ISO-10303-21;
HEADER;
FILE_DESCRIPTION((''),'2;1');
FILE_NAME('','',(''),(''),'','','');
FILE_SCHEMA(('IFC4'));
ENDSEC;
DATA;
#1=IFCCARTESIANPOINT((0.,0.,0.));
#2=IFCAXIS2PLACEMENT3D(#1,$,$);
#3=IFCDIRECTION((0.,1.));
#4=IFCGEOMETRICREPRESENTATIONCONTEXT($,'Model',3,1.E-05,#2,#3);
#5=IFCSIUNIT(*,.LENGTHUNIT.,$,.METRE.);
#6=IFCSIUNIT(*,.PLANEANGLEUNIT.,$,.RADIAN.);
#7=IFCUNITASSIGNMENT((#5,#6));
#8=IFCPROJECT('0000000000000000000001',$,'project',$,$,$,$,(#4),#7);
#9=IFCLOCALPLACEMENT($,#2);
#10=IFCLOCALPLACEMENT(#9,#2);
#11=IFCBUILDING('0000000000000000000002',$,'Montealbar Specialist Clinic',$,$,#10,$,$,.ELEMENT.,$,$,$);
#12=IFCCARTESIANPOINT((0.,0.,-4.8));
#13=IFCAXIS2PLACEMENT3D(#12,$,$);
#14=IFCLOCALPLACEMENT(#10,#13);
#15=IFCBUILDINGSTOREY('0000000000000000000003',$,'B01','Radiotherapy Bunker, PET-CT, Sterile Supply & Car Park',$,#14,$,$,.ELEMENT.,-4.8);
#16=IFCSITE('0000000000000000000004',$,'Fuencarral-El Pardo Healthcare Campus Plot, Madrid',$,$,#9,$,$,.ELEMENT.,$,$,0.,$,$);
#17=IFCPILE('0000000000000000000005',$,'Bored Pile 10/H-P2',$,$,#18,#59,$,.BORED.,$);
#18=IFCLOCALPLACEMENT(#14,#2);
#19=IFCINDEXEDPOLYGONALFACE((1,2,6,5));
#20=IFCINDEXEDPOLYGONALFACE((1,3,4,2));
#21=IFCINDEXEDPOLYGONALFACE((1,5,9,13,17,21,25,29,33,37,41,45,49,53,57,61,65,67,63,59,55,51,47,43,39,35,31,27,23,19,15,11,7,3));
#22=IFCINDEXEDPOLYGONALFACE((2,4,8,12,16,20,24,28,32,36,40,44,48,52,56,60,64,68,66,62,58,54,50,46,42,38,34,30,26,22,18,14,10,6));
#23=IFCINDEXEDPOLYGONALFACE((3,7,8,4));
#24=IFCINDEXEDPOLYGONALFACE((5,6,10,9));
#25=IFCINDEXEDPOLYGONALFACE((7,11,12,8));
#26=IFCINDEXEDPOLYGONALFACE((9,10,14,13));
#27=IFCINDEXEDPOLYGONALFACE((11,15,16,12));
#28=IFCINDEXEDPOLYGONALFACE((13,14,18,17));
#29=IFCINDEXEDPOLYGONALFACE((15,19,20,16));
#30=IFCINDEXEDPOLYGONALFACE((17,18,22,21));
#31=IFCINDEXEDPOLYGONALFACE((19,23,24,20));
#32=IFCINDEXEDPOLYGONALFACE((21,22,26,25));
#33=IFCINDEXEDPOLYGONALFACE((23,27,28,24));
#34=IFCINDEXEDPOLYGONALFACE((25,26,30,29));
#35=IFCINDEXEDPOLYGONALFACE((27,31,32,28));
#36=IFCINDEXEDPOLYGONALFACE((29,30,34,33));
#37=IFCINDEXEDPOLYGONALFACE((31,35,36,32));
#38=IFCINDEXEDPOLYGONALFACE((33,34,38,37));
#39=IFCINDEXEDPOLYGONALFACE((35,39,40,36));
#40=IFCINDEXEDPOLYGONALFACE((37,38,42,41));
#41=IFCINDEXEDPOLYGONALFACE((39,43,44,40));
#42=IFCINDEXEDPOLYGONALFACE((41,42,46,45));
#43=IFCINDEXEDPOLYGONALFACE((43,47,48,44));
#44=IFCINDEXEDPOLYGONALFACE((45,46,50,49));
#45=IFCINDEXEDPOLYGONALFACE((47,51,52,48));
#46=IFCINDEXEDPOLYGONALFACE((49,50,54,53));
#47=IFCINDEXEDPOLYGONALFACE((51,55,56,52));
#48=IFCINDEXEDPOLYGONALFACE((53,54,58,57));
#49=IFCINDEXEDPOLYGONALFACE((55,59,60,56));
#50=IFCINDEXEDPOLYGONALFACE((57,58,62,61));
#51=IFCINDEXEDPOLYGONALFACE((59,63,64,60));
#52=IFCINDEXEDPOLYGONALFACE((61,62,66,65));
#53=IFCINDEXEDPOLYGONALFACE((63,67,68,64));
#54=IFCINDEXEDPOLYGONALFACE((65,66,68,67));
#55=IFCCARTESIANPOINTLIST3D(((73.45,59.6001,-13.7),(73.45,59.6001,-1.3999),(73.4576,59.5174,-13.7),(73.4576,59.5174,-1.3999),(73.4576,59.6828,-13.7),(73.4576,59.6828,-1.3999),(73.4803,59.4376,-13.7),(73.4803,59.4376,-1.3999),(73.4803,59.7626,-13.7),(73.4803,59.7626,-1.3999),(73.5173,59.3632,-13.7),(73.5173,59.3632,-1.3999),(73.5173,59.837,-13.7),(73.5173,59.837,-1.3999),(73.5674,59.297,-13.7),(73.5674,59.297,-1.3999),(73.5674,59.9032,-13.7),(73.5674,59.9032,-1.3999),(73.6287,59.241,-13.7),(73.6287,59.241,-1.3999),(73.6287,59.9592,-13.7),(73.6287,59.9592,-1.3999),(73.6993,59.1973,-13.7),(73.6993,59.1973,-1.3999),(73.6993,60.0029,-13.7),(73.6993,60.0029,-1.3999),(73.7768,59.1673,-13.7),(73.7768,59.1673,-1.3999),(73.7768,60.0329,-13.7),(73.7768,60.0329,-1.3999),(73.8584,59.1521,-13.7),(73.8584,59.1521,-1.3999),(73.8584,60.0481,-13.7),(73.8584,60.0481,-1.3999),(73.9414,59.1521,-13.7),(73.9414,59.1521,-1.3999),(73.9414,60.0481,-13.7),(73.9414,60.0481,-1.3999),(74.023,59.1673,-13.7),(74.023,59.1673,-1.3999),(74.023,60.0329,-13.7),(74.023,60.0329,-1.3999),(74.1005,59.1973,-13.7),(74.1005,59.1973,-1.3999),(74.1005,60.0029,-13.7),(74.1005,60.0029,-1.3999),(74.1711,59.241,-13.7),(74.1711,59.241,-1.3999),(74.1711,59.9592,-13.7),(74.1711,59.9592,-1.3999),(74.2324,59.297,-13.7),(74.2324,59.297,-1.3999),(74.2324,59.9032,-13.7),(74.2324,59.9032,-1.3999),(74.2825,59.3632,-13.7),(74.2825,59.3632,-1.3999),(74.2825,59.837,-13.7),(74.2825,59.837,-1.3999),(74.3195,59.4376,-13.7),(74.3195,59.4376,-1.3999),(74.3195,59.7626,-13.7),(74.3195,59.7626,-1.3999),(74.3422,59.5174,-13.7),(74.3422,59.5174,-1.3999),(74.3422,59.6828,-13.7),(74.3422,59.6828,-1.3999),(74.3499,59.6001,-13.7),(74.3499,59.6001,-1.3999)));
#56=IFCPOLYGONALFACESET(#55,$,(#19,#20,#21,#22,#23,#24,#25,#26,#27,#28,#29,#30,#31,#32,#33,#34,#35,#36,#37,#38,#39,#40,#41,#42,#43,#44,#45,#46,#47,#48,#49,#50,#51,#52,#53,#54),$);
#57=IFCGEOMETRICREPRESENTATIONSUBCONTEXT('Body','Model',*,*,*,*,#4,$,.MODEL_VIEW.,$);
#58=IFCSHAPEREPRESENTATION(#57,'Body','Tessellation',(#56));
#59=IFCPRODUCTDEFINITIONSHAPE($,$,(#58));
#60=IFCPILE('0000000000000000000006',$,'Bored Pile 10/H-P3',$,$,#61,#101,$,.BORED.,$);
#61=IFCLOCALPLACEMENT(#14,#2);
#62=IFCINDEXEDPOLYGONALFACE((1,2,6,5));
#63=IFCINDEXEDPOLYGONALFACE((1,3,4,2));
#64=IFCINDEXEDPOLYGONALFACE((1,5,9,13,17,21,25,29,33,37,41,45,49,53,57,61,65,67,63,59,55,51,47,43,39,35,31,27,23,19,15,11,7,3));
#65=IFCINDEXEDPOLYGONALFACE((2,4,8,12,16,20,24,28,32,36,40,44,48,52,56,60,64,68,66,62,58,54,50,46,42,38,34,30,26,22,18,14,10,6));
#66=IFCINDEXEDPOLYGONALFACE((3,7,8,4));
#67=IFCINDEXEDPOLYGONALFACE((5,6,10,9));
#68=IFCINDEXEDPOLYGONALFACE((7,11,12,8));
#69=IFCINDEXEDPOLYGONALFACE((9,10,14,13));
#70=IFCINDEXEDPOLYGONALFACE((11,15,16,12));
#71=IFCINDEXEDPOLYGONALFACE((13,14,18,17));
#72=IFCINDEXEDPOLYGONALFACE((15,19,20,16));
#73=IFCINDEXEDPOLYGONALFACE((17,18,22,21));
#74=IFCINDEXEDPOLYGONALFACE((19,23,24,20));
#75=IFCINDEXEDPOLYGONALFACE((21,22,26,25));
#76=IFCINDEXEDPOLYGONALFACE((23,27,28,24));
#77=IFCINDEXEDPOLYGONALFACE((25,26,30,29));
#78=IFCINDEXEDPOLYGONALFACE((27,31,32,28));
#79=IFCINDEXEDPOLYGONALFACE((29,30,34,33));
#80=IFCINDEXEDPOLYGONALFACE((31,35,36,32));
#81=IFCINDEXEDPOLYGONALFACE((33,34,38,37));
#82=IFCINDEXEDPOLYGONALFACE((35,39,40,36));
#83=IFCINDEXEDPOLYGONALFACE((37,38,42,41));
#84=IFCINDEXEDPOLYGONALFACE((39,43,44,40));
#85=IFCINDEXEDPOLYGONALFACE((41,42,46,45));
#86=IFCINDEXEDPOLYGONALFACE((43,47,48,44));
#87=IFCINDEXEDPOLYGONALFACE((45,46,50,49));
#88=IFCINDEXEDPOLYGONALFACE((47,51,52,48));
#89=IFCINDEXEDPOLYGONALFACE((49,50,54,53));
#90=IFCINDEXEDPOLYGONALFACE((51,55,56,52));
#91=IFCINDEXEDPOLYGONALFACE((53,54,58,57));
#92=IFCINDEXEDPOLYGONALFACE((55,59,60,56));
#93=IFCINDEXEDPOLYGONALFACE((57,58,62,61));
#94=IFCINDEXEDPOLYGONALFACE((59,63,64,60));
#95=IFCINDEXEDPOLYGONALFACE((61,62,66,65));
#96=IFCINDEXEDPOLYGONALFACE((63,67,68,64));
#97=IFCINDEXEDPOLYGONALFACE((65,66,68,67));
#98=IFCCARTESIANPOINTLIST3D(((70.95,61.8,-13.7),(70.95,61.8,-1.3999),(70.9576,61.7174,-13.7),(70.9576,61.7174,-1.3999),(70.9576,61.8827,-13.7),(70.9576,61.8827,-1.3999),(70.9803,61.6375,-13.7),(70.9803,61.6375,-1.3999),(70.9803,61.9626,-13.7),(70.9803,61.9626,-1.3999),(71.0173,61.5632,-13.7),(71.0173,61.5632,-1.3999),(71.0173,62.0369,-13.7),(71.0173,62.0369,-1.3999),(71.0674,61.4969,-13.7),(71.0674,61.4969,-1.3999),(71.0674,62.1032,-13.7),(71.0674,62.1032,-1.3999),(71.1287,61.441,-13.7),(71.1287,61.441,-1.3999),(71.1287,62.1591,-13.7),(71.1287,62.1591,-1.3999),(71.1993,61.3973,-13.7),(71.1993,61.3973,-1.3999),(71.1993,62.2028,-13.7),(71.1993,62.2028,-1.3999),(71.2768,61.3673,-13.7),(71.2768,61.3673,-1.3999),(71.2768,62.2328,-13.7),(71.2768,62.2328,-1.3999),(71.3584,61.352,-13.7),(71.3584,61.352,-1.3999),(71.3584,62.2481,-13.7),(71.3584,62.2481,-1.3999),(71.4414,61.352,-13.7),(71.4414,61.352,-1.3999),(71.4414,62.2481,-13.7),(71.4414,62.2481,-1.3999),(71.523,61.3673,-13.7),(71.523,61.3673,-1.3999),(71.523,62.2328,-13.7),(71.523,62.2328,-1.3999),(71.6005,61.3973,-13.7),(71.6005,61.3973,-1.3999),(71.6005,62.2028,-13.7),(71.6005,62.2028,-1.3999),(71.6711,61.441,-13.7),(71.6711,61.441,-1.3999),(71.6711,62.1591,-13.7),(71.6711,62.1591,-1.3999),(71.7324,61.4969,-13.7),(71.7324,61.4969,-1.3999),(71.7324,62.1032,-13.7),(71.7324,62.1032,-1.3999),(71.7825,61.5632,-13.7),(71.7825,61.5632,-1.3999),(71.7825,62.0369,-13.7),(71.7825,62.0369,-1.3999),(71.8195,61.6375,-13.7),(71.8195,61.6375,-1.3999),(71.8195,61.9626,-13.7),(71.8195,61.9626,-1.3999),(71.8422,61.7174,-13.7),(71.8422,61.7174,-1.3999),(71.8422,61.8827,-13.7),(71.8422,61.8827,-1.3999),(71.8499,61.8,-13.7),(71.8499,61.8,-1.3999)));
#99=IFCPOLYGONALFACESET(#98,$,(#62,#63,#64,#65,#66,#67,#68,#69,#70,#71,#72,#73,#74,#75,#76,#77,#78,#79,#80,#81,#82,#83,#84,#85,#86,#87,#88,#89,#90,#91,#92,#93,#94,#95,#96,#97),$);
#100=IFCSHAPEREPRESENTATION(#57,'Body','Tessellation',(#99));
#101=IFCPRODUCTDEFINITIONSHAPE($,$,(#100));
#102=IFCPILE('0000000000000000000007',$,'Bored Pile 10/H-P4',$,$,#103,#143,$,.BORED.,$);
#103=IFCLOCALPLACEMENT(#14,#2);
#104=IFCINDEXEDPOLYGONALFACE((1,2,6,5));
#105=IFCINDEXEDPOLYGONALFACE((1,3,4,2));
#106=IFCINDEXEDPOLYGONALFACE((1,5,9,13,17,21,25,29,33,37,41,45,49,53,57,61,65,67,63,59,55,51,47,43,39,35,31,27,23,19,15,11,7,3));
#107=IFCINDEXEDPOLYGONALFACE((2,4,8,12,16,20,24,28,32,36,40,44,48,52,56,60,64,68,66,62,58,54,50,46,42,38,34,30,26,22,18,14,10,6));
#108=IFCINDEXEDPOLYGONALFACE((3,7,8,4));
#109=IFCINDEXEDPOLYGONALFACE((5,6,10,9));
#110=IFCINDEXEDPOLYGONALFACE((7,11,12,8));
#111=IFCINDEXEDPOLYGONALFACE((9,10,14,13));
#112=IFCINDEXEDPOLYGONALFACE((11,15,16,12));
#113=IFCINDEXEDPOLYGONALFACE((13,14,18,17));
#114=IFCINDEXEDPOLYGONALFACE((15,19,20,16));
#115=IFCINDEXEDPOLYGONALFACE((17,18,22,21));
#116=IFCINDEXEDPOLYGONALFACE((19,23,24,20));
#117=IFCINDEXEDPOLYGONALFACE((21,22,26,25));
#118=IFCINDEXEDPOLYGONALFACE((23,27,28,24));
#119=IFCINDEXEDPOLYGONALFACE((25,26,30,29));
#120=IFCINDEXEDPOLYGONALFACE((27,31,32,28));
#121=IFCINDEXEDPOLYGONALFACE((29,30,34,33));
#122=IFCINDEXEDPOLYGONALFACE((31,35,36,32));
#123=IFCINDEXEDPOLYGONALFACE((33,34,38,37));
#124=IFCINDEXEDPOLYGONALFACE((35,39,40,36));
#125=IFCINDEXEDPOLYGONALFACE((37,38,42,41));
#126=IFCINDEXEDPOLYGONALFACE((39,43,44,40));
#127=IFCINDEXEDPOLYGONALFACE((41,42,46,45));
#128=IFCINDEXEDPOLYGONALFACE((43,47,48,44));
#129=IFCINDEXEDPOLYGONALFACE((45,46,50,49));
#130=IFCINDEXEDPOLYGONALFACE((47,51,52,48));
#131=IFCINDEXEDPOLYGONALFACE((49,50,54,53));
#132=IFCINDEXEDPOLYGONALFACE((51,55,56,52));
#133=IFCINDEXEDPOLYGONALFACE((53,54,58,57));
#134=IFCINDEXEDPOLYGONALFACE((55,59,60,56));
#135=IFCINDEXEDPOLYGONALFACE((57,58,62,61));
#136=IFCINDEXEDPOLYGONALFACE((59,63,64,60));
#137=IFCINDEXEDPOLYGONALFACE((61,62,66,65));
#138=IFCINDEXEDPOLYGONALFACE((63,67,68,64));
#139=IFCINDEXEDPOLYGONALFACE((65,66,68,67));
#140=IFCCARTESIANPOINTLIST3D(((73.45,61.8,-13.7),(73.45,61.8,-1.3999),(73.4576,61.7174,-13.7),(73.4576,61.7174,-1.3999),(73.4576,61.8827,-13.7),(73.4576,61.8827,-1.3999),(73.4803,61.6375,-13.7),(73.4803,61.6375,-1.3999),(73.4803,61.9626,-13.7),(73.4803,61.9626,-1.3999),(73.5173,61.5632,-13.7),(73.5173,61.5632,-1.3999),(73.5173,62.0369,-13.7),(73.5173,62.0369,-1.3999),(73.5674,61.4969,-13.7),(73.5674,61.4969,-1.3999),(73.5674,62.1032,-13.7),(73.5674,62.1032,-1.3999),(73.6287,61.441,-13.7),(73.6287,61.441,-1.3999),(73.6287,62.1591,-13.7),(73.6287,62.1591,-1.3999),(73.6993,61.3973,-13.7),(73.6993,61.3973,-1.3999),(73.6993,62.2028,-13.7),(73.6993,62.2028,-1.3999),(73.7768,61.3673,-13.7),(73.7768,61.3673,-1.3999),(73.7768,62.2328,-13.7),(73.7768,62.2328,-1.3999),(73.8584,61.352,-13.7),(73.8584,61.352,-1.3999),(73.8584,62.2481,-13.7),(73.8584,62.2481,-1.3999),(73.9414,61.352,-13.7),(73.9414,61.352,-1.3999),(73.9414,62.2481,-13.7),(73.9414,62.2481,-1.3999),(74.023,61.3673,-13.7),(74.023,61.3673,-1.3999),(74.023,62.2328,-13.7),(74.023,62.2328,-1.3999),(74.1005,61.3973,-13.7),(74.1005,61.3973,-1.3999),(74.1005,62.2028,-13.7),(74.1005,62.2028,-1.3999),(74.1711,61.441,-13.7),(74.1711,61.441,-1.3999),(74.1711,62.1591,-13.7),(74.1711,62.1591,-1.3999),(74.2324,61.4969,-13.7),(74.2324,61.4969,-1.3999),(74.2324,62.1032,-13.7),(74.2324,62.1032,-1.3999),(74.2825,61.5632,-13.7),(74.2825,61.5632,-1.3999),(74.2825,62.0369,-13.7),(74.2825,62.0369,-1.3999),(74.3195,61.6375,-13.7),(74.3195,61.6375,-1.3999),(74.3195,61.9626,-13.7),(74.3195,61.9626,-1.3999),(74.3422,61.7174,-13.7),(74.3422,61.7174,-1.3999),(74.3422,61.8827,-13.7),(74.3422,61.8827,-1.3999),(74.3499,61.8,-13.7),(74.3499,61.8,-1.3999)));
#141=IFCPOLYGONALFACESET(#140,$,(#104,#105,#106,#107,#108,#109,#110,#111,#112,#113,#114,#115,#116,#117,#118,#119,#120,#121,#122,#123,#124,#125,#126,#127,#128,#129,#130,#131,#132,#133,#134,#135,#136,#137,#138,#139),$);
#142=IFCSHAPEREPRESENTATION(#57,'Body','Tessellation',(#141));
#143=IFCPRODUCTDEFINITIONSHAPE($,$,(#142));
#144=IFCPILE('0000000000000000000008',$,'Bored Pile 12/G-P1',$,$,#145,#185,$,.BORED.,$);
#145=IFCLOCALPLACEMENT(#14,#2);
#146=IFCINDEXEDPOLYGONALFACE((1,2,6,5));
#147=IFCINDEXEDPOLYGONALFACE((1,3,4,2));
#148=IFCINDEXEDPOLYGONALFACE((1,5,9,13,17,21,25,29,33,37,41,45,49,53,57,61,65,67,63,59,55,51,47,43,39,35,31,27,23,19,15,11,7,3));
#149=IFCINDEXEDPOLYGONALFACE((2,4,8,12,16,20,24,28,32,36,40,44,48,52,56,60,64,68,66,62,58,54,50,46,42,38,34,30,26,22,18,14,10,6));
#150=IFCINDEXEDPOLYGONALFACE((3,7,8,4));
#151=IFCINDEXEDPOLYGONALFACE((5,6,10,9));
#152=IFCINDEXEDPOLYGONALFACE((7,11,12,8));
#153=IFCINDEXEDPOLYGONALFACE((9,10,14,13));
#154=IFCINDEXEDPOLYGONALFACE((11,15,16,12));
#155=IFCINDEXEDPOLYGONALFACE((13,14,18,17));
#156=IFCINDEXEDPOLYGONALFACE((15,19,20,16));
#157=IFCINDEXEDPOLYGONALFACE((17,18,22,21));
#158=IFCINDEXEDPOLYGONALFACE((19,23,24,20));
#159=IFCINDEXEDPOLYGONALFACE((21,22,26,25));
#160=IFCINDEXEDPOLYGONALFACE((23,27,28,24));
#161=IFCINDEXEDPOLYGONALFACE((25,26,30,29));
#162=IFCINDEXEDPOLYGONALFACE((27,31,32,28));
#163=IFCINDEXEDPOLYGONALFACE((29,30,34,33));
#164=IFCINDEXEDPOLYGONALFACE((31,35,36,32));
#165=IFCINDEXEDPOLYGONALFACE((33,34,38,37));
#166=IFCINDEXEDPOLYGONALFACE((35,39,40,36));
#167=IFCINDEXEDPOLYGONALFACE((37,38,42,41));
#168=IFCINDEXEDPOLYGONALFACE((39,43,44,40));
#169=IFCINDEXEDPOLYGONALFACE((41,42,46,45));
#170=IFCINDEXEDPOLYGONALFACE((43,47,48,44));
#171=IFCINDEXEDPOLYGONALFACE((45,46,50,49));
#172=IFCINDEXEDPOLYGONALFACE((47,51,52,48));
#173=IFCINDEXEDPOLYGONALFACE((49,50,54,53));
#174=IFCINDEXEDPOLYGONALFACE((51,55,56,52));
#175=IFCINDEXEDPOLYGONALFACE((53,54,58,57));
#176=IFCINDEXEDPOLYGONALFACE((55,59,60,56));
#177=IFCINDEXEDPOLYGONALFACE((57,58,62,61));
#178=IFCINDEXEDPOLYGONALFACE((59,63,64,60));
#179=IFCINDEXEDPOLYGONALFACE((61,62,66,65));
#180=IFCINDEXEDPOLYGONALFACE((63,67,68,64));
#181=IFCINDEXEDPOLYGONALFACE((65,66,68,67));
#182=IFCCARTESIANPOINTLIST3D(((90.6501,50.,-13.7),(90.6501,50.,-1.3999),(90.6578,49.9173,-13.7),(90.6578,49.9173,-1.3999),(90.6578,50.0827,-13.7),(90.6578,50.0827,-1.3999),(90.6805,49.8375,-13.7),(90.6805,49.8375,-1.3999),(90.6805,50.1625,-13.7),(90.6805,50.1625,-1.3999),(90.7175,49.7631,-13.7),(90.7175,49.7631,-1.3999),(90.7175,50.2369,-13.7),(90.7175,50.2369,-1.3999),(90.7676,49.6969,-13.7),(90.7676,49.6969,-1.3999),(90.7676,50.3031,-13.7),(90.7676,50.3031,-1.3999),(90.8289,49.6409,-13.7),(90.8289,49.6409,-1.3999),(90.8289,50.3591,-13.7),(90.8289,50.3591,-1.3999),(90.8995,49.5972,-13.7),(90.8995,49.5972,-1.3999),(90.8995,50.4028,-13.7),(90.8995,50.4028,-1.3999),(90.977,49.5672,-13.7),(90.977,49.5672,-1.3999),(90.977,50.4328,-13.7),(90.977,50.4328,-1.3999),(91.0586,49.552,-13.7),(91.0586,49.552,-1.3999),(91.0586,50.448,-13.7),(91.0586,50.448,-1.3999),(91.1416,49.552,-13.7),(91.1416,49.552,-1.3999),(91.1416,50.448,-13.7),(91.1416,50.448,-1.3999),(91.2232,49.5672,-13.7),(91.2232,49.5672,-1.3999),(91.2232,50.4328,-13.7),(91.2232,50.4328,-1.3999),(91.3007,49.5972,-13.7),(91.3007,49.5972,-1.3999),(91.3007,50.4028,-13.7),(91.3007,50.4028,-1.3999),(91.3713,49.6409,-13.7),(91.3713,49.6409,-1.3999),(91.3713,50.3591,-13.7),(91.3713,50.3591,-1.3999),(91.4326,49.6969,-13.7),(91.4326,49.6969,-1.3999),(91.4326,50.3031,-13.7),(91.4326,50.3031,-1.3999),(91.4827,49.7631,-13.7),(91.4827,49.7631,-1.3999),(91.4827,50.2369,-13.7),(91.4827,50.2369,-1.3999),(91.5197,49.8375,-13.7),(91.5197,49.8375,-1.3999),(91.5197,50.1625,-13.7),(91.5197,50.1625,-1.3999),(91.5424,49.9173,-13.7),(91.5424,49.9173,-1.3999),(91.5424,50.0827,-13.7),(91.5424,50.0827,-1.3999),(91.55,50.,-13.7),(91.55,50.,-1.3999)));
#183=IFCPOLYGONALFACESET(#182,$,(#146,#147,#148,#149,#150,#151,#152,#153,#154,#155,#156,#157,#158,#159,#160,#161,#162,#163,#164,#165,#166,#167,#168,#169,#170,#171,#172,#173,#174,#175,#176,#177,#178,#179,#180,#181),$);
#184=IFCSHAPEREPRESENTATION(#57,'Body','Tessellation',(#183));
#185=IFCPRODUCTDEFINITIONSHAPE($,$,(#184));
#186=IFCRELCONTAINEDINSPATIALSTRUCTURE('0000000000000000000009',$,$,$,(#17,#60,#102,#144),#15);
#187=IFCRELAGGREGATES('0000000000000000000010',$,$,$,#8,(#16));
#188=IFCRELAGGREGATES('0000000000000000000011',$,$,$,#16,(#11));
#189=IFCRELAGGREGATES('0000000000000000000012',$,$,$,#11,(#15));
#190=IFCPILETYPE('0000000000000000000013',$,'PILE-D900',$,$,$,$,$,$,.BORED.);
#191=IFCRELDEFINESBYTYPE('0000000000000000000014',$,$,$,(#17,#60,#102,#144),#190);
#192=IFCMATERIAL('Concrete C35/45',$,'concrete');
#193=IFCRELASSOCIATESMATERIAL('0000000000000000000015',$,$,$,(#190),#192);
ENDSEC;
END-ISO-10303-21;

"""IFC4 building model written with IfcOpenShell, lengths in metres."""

from ifc_helpers import new_model, si_unit, direction, frame, origin, origin_2d, place, context, subcontext, project, spatial, circle, extrude, material, material_profile, profile_set, type_object, element, save


model = new_model("IFC4")

# Units and contexts
model_context = context("Model", 3, precision=1e-05, world=origin(), true_north=direction((0.0, 1.0)))
body_context = subcontext(model_context, "Body", "Model", "MODEL_VIEW")
ifc_project = project(units=[si_unit("LENGTHUNIT", "METRE"), si_unit("PLANEANGLEUNIT", "RADIAN")], contexts=[model_context])

# Site, building, storey
site_placement = place(None, origin())
site = spatial("IfcSite", under=ifc_project, at=site_placement, Name="Fuencarral-El Pardo Healthcare Campus Plot, Madrid", CompositionType="ELEMENT", RefElevation=0.0)
building_placement = place(site_placement, origin())
building = spatial("IfcBuilding", under=site, at=building_placement, Name="Montealbar Specialist Clinic", CompositionType="ELEMENT")
storey_placement = place(building_placement, frame((0.0, 0.0, -4.8)))
storey = spatial("IfcBuildingStorey", under=building, at=storey_placement, Name="B01", Description="Radiotherapy Bunker, PET-CT, Sterile Supply & Car Park", CompositionType="ELEMENT", Elevation=-4.8)

# Shared definitions
ifc_material_1 = material(Name="Concrete C35/45", Category="concrete")

# Piles
ifc_material_profile_1 = material_profile(ifc_material_1, circle(Radius=0.45, at=origin_2d()), Name="PILE D900", Category="concrete")
ifc_profile_set_1 = profile_set([ifc_material_profile_1], Name="Concrete C35/45")
pile_type_1 = type_object("IfcPileType", Name="PILE-D900", PredefinedType="BORED", material=ifc_profile_set_1)
for number, where, z_axis, x_axis, name in (
    (1, (73.8999, 59.6001, -1.3999), (0.0, 0.0, -1.0), (1.0, 0.0, 0.0), "Bored Pile 10/H-P2"),
    (2, (71.3999, 61.8, -1.3999), (0.0, 0.0, -1.0), (1.0, 0.0, 0.0), "Bored Pile 10/H-P3"),
    (3, (73.8999, 61.8, -1.3999), (0.0, 0.0, -1.0), (1.0, 0.0, 0.0), "Bored Pile 10/H-P4"),
    (4, (91.1001, 50.0, -1.3999), (0.0, 0.0, -1.0), (1.0, 0.0, 0.0), "Bored Pile 12/G-P1"),
):
    element("IfcPile", number, at=place(storey_placement, frame(where, z_axis=z_axis, x_axis=x_axis)), inside=storey, type_object=pile_type_1, Name=name, PredefinedType="BORED", context=body_context, shape_type="SweptSolid", body=[
        extrude(circle(Radius=0.45, at=origin_2d()), origin(), (0.0, 0.0, 1.0), 12.3),
    ])

save(model, "model.ifc")
